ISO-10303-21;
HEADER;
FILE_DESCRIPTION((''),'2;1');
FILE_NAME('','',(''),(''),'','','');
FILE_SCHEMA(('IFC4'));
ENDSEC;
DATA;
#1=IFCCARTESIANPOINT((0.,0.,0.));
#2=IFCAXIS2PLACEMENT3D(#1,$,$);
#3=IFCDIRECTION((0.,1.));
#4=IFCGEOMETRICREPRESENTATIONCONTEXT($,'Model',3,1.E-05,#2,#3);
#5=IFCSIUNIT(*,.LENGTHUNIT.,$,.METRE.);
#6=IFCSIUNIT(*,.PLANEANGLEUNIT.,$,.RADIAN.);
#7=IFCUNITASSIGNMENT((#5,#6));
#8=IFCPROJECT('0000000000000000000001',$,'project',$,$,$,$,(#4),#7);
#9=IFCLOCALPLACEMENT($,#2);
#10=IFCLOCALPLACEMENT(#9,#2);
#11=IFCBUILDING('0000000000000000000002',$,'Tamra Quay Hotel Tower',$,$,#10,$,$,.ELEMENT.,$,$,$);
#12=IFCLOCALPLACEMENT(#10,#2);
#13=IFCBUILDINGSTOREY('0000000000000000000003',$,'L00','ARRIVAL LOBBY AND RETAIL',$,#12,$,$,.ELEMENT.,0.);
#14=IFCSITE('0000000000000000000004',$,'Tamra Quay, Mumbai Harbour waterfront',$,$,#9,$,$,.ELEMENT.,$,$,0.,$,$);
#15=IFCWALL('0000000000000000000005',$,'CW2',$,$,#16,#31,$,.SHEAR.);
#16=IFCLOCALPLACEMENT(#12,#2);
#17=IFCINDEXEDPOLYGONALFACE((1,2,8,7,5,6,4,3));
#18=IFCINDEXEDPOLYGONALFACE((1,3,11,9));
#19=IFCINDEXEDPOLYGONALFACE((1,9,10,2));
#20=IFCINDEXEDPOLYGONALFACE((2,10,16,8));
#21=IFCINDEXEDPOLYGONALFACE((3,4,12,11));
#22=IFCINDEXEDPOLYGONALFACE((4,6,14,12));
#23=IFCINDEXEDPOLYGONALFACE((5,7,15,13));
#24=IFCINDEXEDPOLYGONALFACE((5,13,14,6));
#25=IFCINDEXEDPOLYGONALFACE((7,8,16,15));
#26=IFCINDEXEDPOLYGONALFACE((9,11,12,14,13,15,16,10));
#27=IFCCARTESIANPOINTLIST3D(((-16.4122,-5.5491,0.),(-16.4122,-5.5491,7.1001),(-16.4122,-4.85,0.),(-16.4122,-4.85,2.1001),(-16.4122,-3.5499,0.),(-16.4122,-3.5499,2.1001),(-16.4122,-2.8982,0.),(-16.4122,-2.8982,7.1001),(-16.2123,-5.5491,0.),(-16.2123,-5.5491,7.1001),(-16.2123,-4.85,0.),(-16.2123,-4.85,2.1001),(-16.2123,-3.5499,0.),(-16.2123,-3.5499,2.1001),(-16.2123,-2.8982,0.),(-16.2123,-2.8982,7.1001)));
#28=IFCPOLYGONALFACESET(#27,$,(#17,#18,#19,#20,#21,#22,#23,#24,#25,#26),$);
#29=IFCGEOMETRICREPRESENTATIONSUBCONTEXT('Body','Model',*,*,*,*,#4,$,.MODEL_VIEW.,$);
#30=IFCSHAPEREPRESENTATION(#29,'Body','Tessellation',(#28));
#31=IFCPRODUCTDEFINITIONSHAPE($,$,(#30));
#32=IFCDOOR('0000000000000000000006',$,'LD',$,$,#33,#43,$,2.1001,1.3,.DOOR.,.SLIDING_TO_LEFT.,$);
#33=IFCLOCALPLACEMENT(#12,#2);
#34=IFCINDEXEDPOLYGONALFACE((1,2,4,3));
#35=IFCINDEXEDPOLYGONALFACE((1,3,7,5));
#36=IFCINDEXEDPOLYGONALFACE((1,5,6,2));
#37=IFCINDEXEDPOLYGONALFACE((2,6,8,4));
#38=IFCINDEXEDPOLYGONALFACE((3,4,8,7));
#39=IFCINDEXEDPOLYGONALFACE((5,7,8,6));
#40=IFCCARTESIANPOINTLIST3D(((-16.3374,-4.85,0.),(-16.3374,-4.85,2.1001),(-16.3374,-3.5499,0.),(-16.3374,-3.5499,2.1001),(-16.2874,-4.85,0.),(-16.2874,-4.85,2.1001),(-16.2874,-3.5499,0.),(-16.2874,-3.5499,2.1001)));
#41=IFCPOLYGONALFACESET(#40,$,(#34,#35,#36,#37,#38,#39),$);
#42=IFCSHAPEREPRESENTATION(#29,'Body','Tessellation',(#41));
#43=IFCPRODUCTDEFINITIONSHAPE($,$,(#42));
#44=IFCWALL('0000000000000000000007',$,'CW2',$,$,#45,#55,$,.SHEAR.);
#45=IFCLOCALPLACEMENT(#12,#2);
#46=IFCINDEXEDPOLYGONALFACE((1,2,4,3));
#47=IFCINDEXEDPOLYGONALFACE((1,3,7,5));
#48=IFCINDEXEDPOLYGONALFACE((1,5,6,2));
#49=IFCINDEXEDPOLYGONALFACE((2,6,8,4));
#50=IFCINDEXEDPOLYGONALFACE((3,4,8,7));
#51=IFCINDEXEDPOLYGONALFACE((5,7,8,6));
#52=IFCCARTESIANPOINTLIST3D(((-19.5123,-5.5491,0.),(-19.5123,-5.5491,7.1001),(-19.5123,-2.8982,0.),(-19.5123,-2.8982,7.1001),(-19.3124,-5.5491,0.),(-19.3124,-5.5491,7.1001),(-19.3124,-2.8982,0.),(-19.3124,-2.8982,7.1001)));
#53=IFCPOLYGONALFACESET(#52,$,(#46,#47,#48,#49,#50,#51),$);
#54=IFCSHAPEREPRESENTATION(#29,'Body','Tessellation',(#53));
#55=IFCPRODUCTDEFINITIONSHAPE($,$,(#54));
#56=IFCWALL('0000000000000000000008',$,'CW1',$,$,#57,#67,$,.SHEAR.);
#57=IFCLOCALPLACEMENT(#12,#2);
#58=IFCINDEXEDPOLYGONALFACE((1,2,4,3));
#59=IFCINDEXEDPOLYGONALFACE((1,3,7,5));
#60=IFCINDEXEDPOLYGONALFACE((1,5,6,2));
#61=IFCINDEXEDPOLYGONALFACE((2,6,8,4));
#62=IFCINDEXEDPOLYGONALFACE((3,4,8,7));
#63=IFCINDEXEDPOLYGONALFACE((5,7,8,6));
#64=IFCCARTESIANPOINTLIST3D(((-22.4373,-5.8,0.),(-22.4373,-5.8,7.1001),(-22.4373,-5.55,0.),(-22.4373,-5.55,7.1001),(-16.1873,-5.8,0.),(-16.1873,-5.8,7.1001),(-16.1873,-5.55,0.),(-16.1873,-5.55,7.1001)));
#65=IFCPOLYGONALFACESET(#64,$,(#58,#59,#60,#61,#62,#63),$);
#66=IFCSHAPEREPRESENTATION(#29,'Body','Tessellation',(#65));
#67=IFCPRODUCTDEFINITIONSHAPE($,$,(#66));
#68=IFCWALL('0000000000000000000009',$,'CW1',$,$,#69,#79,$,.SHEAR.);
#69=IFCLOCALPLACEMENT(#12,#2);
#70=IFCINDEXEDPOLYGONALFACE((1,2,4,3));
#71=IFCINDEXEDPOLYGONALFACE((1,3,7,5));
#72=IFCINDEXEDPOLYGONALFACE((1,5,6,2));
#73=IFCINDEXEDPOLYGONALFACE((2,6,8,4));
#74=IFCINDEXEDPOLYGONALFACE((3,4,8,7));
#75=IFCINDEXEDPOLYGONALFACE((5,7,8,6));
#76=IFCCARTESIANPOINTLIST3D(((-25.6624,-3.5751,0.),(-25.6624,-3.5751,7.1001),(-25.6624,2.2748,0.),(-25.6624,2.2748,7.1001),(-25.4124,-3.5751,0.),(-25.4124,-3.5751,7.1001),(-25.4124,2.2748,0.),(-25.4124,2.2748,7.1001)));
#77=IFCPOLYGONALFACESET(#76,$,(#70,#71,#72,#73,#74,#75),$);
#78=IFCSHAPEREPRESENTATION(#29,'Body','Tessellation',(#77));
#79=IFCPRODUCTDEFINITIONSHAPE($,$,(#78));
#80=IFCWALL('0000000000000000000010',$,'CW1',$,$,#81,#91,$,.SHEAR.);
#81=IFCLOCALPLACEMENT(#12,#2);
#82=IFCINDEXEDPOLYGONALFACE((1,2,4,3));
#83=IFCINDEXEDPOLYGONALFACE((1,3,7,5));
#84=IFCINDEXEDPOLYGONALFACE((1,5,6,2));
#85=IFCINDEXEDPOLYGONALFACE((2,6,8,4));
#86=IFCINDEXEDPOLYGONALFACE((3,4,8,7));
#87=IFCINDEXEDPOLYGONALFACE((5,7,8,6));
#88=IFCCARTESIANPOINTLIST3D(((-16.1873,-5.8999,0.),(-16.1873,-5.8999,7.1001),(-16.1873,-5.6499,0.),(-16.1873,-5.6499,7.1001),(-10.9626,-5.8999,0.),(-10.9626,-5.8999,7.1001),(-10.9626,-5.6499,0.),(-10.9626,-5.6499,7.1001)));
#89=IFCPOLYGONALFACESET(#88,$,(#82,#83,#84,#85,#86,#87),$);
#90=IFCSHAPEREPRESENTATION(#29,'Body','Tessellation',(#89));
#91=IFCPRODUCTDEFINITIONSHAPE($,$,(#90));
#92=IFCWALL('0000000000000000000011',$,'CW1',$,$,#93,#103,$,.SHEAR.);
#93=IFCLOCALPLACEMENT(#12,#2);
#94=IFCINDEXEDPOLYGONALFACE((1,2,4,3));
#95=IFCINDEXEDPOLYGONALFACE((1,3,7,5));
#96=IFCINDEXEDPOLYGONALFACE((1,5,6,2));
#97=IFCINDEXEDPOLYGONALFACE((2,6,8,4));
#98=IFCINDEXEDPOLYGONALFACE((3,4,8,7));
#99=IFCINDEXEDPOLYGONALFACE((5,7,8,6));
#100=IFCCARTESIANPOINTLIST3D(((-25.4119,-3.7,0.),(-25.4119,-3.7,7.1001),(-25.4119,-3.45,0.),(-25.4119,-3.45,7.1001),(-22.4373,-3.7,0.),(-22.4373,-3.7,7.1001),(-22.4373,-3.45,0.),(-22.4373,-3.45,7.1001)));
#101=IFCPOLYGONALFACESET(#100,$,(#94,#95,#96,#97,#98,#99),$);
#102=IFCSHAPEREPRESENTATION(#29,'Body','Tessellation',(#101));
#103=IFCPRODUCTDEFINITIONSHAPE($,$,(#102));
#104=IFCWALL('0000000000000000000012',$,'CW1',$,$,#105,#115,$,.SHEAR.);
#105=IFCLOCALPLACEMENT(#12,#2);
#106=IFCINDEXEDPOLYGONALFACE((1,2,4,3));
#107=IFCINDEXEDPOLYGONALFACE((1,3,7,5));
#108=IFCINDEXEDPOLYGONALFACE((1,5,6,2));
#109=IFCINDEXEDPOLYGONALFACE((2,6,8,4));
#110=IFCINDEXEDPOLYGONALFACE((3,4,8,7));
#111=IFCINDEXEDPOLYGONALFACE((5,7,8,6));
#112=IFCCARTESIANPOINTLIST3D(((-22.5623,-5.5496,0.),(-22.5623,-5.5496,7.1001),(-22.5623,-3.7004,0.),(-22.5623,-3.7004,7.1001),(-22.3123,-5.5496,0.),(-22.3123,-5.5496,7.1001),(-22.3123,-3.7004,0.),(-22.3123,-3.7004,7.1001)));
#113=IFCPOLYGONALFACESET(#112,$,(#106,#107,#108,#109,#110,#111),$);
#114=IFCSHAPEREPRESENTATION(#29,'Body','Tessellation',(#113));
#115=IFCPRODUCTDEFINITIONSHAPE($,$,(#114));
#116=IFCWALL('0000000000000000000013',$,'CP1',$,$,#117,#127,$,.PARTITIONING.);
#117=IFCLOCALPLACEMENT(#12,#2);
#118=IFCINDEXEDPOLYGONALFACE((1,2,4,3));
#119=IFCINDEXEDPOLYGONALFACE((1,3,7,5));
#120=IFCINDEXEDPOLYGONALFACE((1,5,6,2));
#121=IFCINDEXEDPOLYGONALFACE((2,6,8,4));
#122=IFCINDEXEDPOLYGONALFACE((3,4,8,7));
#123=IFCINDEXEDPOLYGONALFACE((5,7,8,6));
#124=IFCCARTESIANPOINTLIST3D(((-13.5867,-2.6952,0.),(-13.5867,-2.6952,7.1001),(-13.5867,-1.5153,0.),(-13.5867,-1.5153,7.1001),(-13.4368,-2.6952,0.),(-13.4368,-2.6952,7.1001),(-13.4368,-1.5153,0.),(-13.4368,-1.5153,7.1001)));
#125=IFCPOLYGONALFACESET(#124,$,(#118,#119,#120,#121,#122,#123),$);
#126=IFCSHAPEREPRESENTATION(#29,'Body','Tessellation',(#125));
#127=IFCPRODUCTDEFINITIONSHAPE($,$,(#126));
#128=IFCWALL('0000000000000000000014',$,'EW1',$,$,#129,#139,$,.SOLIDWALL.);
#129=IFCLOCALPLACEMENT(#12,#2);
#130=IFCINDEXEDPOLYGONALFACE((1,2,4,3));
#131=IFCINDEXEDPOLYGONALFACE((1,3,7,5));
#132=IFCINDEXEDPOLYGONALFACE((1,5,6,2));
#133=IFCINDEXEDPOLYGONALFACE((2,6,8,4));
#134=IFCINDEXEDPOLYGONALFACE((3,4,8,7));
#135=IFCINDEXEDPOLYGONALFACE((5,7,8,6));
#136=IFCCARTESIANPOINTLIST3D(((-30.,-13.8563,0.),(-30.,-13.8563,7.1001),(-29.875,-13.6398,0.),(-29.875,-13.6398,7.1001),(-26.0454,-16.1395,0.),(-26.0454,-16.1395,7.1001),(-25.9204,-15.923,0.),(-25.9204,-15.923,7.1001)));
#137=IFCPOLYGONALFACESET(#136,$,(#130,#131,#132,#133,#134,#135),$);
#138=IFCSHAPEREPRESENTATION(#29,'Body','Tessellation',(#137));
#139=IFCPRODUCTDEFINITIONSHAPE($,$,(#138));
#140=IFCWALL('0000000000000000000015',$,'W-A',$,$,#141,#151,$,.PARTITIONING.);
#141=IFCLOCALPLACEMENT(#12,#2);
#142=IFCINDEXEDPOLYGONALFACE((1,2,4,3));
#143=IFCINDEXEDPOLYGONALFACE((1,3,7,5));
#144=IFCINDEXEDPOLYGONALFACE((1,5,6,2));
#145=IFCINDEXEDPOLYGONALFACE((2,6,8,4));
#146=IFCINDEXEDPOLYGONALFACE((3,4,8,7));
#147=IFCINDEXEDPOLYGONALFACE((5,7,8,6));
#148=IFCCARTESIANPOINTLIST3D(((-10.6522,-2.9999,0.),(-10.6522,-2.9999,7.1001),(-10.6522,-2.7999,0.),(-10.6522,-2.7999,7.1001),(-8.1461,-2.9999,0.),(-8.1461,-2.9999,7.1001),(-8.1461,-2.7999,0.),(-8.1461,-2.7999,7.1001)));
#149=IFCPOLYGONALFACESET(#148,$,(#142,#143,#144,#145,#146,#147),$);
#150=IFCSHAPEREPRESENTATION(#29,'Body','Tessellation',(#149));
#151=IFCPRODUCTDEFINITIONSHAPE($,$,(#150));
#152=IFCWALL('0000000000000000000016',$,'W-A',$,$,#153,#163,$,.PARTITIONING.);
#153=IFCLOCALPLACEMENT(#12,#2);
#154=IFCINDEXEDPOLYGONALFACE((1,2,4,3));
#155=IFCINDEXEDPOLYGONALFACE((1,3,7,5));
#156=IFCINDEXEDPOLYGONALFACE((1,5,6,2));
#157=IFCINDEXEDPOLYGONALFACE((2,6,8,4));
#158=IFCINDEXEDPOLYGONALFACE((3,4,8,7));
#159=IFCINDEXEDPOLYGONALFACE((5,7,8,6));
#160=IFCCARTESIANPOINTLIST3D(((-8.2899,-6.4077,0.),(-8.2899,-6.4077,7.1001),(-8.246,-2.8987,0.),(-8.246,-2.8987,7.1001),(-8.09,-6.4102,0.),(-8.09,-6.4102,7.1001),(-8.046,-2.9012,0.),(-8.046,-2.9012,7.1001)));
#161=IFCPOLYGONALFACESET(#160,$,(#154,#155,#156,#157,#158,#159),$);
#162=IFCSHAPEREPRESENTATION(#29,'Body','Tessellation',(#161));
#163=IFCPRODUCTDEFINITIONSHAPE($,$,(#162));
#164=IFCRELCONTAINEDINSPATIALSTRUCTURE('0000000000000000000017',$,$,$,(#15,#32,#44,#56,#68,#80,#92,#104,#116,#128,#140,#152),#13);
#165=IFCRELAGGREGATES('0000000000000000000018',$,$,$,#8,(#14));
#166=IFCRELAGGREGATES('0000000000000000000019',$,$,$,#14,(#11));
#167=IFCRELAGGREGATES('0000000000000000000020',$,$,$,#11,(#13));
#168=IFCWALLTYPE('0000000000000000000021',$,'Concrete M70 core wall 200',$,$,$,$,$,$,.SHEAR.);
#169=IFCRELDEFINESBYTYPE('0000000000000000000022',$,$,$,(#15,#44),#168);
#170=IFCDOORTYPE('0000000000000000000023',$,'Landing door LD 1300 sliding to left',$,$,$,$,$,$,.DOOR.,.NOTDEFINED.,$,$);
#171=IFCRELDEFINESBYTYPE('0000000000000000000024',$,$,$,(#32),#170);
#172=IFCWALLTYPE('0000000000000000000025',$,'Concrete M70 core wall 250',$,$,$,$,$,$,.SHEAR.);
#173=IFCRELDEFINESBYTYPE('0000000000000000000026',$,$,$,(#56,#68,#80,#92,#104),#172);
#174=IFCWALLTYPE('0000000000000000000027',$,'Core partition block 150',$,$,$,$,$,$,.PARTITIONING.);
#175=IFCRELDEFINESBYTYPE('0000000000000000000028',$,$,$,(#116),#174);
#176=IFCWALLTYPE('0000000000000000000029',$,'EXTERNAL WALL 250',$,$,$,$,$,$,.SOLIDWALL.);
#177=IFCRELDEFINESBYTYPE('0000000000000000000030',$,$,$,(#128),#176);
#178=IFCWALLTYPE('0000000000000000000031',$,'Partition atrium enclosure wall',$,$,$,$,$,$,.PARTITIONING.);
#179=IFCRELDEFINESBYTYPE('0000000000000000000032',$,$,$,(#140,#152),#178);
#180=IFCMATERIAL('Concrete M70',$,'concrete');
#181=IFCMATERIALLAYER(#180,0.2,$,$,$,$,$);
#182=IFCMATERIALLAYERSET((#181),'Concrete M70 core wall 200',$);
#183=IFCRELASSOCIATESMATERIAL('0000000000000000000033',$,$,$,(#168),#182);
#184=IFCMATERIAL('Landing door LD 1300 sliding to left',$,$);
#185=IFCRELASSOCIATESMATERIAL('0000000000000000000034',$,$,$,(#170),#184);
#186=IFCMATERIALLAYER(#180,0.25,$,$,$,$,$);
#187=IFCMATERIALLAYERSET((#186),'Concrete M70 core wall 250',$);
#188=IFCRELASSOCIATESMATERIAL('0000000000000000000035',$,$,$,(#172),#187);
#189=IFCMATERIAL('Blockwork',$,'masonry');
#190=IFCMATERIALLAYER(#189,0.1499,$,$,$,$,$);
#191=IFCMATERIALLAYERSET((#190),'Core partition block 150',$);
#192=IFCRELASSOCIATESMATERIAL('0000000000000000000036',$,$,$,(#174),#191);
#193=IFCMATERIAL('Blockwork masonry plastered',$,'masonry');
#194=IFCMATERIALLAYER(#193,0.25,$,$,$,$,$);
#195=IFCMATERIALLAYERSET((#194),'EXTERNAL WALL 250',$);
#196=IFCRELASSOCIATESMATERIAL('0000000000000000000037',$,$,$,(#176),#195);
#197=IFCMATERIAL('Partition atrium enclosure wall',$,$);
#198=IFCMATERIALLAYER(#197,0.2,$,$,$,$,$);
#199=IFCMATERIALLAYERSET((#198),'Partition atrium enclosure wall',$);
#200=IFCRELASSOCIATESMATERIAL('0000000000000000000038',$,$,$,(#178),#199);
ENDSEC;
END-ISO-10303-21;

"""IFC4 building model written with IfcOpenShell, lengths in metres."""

from ifc_helpers import new_model, si_unit, direction, frame, frame_2d, origin, place, context, subcontext, project, spatial, rectangle, extrude, material, layer, layer_set, type_object, element, fill, save


model = new_model("IFC4")

# Units and contexts
model_context = context("Model", 3, precision=1e-05, world=origin(), true_north=direction((0.0, 1.0)))
body_context = subcontext(model_context, "Body", "Model", "MODEL_VIEW")
ifc_project = project(units=[si_unit("LENGTHUNIT", "METRE"), si_unit("PLANEANGLEUNIT", "RADIAN")], contexts=[model_context])

# Site, building, storey
site_placement = place(None, origin())
site = spatial("IfcSite", under=ifc_project, at=site_placement, Name="Tamra Quay, Mumbai Harbour waterfront", CompositionType="ELEMENT", RefElevation=0.0)
building_placement = place(site_placement, origin())
building = spatial("IfcBuilding", under=site, at=building_placement, Name="Tamra Quay Hotel Tower", CompositionType="ELEMENT")
storey_placement = place(building_placement, origin())
storey = spatial("IfcBuildingStorey", under=building, at=storey_placement, Name="L00", Description="ARRIVAL LOBBY AND RETAIL", CompositionType="ELEMENT", Elevation=0.0)

# Shared definitions
ifc_material_1 = material(Name="Concrete M70", Category="concrete")

# Shared definitions
ifc_layer_1 = layer(ifc_material_1, 0.2)
ifc_layer_set_1 = layer_set([ifc_layer_1], Name="Concrete M70 core wall 200")
wall_type_1 = type_object("IfcWallType", Name="Concrete M70 core wall 200", PredefinedType="SHEAR", material=ifc_layer_set_1)

# Wall, opening, door
wall_1_placement = place(storey_placement, frame((-16.3123, -2.8982, 0.0), z_axis=(0.0, 0.0, 1.0), x_axis=(0.0, -1.0, 0.0)))
wall_1 = element("IfcWall", 1, at=wall_1_placement, inside=storey, type_object=wall_type_1, Name="CW2", PredefinedType="SHEAR", context=body_context, shape_type="SweptSolid", body=[
    extrude(rectangle(XDim=2.6509, YDim=0.2, at=frame_2d((1.3254, 0.0))), origin(), (0.0, 0.0, 1.0), 7.1001),
])
opening_1_placement = place(wall_1_placement, frame((0.6519, 0.0, 0.0)))
opening_1 = element("IfcOpeningElement", 2, at=opening_1_placement, cuts=wall_1, PredefinedType="OPENING", context=body_context, shape_type="SweptSolid", body=[
    extrude(rectangle(XDim=1.3, YDim=2.1001, at=frame_2d((0.6499, 1.05))), frame((0.0, 0.1099, 0.0), z_axis=(0.0, -1.0, 0.0), x_axis=(1.0, 0.0, 0.0)), (0.0, 0.0, 1.0), 0.22),
])
ifc_material_2 = material(Name="Landing door LD 1300 sliding to left")
door_type_1 = type_object("IfcDoorType", Name="Landing door LD 1300 sliding to left", OperationType="NOTDEFINED", PredefinedType="DOOR", material=ifc_material_2)
door_1_placement = place(opening_1_placement, origin())
door_1 = element("IfcDoor", 3, at=door_1_placement, inside=storey, type_object=door_type_1, Name="LD", OperationType="SLIDING_TO_LEFT", OverallHeight=2.1001, OverallWidth=1.3, PredefinedType="DOOR", context=body_context, shape_type="SweptSolid", body=[
    extrude(rectangle(XDim=1.3, YDim=2.1001, at=frame_2d((0.6499, 1.05))), frame((0.0, 0.0249, 0.0), z_axis=(0.0, -1.0, 0.0), x_axis=(1.0, 0.0, 0.0)), (0.0, 0.0, 1.0), 0.05),
])
fill(opening_1, door_1)

# Walls
wall_2_placement = place(storey_placement, frame((-19.4124, -5.5491, 0.0), z_axis=(0.0, 0.0, 1.0), x_axis=(0.0, 1.0, 0.0)))
element("IfcWall", 4, at=wall_2_placement, inside=storey, type_object=wall_type_1, Name="CW2", PredefinedType="SHEAR", context=body_context, shape_type="SweptSolid", body=[
    extrude(rectangle(XDim=2.6509, YDim=0.2, at=frame_2d((1.3254, 0.0))), origin(), (0.0, 0.0, 1.0), 7.1001),
])
ifc_layer_2 = layer(ifc_material_1, 0.25)
ifc_layer_set_2 = layer_set([ifc_layer_2], Name="Concrete M70 core wall 250")
wall_type_2 = type_object("IfcWallType", Name="Concrete M70 core wall 250", PredefinedType="SHEAR", material=ifc_layer_set_2)
wall_3_placement = place(storey_placement, frame((-16.1873, -5.675, 0.0), z_axis=(0.0, 0.0, 1.0), x_axis=(-1.0, 0.0, 0.0)))
element("IfcWall", 5, at=wall_3_placement, inside=storey, type_object=wall_type_2, Name="CW1", PredefinedType="SHEAR", context=body_context, shape_type="SweptSolid", body=[
    extrude(rectangle(XDim=6.25, YDim=0.25, at=frame_2d((3.125, 0.0))), origin(), (0.0, 0.0, 1.0), 7.1001),
])
wall_4_placement = place(storey_placement, frame((-25.5374, -3.575, 0.0), z_axis=(0.0, 0.0, 1.0), x_axis=(0.0, 1.0, 0.0)))
element("IfcWall", 6, at=wall_4_placement, inside=storey, type_object=wall_type_2, Name="CW1", PredefinedType="SHEAR", context=body_context, shape_type="SweptSolid", body=[
    extrude(rectangle(XDim=5.8499, YDim=0.25, at=frame_2d((2.9248, 0.0))), origin(), (0.0, 0.0, 1.0), 7.1001),
])
wall_5_placement = place(storey_placement, frame((-10.9626, -5.7749, 0.0), z_axis=(0.0, 0.0, 1.0), x_axis=(-1.0, 0.0, 0.0)))
element("IfcWall", 7, at=wall_5_placement, inside=storey, type_object=wall_type_2, Name="CW1", PredefinedType="SHEAR", context=body_context, shape_type="SweptSolid", body=[
    extrude(rectangle(XDim=5.2246, YDim=0.25, at=frame_2d((2.6123, 0.0))), origin(), (0.0, 0.0, 1.0), 7.1001),
])
wall_6_placement = place(storey_placement, frame((-22.4373, -3.575, 0.0), z_axis=(0.0, 0.0, 1.0), x_axis=(-1.0, 0.0, 0.0)))
element("IfcWall", 8, at=wall_6_placement, inside=storey, type_object=wall_type_2, Name="CW1", PredefinedType="SHEAR", context=body_context, shape_type="SweptSolid", body=[
    extrude(rectangle(XDim=2.9746, YDim=0.25, at=frame_2d((1.4873, 0.0))), origin(), (0.0, 0.0, 1.0), 7.1001),
])
wall_7_placement = place(storey_placement, frame((-22.4373, -5.5496, 0.0), z_axis=(0.0, 0.0, 1.0), x_axis=(0.0, 1.0, 0.0)))
element("IfcWall", 9, at=wall_7_placement, inside=storey, type_object=wall_type_2, Name="CW1", PredefinedType="SHEAR", context=body_context, shape_type="SweptSolid", body=[
    extrude(rectangle(XDim=1.8491, YDim=0.25, at=frame_2d((0.9246, 0.0))), origin(), (0.0, 0.0, 1.0), 7.1001),
])
ifc_material_3 = material(Name="Blockwork", Category="masonry")
ifc_layer_3 = layer(ifc_material_3, 0.1499)
ifc_layer_set_3 = layer_set([ifc_layer_3], Name="Core partition block 150")
wall_type_3 = type_object("IfcWallType", Name="Core partition block 150", PredefinedType="PARTITIONING", material=ifc_layer_set_3)
wall_8_placement = place(storey_placement, frame((-13.5117, -2.6951, 0.0), z_axis=(0.0, 0.0, 1.0), x_axis=(0.0, 1.0, 0.0)))
element("IfcWall", 10, at=wall_8_placement, inside=storey, type_object=wall_type_3, Name="CP1", PredefinedType="PARTITIONING", context=body_context, shape_type="SweptSolid", body=[
    extrude(rectangle(XDim=1.1799, YDim=0.1499, at=frame_2d((0.5898, 0.0))), origin(), (0.0, 0.0, 1.0), 7.1001),
])
ifc_material_4 = material(Name="Blockwork masonry plastered", Category="masonry")
ifc_layer_4 = layer(ifc_material_4, 0.25)
ifc_layer_set_4 = layer_set([ifc_layer_4], Name="EXTERNAL WALL 250")
wall_type_4 = type_object("IfcWallType", Name="EXTERNAL WALL 250", PredefinedType="SOLIDWALL", material=ifc_layer_set_4)
wall_9_placement = place(storey_placement, frame((-25.9829, -16.0312, 0.0), z_axis=(0.0, 0.0, 1.0), x_axis=(-0.866024, 0.500003, 0.0)))
element("IfcWall", 11, at=wall_9_placement, inside=storey, type_object=wall_type_4, Name="EW1", PredefinedType="SOLIDWALL", context=body_context, shape_type="SweptSolid", body=[
    extrude(rectangle(XDim=4.5664, YDim=0.25, at=frame_2d((2.2832, 0.0))), origin(), (0.0, 0.0, 1.0), 7.1001),
])
ifc_material_5 = material(Name="Partition atrium enclosure wall")
ifc_layer_5 = layer(ifc_material_5, 0.2)
ifc_layer_set_5 = layer_set([ifc_layer_5], Name="Partition atrium enclosure wall")
wall_type_5 = type_object("IfcWallType", Name="Partition atrium enclosure wall", PredefinedType="PARTITIONING", material=ifc_layer_set_5)
wall_10_placement = place(storey_placement, frame((-10.6521, -2.8999, 0.0), z_axis=(0.0, 0.0, 1.0), x_axis=(1.0, 0.0, 0.0)))
element("IfcWall", 12, at=wall_10_placement, inside=storey, type_object=wall_type_5, Name="W-A", PredefinedType="PARTITIONING", context=body_context, shape_type="SweptSolid", body=[
    extrude(rectangle(XDim=2.5061, YDim=0.2, at=frame_2d((1.2529, 0.0))), origin(), (0.0, 0.0, 1.0), 7.1001),
])
wall_11_placement = place(storey_placement, frame((-8.1899, -6.4089, 0.0), z_axis=(0.0, 0.0, 1.0), x_axis=(0.012522, 0.999922, 0.0)))
element("IfcWall", 13, at=wall_11_placement, inside=storey, type_object=wall_type_5, Name="W-A", PredefinedType="PARTITIONING", context=body_context, shape_type="SweptSolid", body=[
    extrude(rectangle(XDim=3.5093, YDim=0.2, at=frame_2d((1.7546, 0.0))), origin(), (0.0, 0.0, 1.0), 7.1001),
])

save(model, "model.ifc")
